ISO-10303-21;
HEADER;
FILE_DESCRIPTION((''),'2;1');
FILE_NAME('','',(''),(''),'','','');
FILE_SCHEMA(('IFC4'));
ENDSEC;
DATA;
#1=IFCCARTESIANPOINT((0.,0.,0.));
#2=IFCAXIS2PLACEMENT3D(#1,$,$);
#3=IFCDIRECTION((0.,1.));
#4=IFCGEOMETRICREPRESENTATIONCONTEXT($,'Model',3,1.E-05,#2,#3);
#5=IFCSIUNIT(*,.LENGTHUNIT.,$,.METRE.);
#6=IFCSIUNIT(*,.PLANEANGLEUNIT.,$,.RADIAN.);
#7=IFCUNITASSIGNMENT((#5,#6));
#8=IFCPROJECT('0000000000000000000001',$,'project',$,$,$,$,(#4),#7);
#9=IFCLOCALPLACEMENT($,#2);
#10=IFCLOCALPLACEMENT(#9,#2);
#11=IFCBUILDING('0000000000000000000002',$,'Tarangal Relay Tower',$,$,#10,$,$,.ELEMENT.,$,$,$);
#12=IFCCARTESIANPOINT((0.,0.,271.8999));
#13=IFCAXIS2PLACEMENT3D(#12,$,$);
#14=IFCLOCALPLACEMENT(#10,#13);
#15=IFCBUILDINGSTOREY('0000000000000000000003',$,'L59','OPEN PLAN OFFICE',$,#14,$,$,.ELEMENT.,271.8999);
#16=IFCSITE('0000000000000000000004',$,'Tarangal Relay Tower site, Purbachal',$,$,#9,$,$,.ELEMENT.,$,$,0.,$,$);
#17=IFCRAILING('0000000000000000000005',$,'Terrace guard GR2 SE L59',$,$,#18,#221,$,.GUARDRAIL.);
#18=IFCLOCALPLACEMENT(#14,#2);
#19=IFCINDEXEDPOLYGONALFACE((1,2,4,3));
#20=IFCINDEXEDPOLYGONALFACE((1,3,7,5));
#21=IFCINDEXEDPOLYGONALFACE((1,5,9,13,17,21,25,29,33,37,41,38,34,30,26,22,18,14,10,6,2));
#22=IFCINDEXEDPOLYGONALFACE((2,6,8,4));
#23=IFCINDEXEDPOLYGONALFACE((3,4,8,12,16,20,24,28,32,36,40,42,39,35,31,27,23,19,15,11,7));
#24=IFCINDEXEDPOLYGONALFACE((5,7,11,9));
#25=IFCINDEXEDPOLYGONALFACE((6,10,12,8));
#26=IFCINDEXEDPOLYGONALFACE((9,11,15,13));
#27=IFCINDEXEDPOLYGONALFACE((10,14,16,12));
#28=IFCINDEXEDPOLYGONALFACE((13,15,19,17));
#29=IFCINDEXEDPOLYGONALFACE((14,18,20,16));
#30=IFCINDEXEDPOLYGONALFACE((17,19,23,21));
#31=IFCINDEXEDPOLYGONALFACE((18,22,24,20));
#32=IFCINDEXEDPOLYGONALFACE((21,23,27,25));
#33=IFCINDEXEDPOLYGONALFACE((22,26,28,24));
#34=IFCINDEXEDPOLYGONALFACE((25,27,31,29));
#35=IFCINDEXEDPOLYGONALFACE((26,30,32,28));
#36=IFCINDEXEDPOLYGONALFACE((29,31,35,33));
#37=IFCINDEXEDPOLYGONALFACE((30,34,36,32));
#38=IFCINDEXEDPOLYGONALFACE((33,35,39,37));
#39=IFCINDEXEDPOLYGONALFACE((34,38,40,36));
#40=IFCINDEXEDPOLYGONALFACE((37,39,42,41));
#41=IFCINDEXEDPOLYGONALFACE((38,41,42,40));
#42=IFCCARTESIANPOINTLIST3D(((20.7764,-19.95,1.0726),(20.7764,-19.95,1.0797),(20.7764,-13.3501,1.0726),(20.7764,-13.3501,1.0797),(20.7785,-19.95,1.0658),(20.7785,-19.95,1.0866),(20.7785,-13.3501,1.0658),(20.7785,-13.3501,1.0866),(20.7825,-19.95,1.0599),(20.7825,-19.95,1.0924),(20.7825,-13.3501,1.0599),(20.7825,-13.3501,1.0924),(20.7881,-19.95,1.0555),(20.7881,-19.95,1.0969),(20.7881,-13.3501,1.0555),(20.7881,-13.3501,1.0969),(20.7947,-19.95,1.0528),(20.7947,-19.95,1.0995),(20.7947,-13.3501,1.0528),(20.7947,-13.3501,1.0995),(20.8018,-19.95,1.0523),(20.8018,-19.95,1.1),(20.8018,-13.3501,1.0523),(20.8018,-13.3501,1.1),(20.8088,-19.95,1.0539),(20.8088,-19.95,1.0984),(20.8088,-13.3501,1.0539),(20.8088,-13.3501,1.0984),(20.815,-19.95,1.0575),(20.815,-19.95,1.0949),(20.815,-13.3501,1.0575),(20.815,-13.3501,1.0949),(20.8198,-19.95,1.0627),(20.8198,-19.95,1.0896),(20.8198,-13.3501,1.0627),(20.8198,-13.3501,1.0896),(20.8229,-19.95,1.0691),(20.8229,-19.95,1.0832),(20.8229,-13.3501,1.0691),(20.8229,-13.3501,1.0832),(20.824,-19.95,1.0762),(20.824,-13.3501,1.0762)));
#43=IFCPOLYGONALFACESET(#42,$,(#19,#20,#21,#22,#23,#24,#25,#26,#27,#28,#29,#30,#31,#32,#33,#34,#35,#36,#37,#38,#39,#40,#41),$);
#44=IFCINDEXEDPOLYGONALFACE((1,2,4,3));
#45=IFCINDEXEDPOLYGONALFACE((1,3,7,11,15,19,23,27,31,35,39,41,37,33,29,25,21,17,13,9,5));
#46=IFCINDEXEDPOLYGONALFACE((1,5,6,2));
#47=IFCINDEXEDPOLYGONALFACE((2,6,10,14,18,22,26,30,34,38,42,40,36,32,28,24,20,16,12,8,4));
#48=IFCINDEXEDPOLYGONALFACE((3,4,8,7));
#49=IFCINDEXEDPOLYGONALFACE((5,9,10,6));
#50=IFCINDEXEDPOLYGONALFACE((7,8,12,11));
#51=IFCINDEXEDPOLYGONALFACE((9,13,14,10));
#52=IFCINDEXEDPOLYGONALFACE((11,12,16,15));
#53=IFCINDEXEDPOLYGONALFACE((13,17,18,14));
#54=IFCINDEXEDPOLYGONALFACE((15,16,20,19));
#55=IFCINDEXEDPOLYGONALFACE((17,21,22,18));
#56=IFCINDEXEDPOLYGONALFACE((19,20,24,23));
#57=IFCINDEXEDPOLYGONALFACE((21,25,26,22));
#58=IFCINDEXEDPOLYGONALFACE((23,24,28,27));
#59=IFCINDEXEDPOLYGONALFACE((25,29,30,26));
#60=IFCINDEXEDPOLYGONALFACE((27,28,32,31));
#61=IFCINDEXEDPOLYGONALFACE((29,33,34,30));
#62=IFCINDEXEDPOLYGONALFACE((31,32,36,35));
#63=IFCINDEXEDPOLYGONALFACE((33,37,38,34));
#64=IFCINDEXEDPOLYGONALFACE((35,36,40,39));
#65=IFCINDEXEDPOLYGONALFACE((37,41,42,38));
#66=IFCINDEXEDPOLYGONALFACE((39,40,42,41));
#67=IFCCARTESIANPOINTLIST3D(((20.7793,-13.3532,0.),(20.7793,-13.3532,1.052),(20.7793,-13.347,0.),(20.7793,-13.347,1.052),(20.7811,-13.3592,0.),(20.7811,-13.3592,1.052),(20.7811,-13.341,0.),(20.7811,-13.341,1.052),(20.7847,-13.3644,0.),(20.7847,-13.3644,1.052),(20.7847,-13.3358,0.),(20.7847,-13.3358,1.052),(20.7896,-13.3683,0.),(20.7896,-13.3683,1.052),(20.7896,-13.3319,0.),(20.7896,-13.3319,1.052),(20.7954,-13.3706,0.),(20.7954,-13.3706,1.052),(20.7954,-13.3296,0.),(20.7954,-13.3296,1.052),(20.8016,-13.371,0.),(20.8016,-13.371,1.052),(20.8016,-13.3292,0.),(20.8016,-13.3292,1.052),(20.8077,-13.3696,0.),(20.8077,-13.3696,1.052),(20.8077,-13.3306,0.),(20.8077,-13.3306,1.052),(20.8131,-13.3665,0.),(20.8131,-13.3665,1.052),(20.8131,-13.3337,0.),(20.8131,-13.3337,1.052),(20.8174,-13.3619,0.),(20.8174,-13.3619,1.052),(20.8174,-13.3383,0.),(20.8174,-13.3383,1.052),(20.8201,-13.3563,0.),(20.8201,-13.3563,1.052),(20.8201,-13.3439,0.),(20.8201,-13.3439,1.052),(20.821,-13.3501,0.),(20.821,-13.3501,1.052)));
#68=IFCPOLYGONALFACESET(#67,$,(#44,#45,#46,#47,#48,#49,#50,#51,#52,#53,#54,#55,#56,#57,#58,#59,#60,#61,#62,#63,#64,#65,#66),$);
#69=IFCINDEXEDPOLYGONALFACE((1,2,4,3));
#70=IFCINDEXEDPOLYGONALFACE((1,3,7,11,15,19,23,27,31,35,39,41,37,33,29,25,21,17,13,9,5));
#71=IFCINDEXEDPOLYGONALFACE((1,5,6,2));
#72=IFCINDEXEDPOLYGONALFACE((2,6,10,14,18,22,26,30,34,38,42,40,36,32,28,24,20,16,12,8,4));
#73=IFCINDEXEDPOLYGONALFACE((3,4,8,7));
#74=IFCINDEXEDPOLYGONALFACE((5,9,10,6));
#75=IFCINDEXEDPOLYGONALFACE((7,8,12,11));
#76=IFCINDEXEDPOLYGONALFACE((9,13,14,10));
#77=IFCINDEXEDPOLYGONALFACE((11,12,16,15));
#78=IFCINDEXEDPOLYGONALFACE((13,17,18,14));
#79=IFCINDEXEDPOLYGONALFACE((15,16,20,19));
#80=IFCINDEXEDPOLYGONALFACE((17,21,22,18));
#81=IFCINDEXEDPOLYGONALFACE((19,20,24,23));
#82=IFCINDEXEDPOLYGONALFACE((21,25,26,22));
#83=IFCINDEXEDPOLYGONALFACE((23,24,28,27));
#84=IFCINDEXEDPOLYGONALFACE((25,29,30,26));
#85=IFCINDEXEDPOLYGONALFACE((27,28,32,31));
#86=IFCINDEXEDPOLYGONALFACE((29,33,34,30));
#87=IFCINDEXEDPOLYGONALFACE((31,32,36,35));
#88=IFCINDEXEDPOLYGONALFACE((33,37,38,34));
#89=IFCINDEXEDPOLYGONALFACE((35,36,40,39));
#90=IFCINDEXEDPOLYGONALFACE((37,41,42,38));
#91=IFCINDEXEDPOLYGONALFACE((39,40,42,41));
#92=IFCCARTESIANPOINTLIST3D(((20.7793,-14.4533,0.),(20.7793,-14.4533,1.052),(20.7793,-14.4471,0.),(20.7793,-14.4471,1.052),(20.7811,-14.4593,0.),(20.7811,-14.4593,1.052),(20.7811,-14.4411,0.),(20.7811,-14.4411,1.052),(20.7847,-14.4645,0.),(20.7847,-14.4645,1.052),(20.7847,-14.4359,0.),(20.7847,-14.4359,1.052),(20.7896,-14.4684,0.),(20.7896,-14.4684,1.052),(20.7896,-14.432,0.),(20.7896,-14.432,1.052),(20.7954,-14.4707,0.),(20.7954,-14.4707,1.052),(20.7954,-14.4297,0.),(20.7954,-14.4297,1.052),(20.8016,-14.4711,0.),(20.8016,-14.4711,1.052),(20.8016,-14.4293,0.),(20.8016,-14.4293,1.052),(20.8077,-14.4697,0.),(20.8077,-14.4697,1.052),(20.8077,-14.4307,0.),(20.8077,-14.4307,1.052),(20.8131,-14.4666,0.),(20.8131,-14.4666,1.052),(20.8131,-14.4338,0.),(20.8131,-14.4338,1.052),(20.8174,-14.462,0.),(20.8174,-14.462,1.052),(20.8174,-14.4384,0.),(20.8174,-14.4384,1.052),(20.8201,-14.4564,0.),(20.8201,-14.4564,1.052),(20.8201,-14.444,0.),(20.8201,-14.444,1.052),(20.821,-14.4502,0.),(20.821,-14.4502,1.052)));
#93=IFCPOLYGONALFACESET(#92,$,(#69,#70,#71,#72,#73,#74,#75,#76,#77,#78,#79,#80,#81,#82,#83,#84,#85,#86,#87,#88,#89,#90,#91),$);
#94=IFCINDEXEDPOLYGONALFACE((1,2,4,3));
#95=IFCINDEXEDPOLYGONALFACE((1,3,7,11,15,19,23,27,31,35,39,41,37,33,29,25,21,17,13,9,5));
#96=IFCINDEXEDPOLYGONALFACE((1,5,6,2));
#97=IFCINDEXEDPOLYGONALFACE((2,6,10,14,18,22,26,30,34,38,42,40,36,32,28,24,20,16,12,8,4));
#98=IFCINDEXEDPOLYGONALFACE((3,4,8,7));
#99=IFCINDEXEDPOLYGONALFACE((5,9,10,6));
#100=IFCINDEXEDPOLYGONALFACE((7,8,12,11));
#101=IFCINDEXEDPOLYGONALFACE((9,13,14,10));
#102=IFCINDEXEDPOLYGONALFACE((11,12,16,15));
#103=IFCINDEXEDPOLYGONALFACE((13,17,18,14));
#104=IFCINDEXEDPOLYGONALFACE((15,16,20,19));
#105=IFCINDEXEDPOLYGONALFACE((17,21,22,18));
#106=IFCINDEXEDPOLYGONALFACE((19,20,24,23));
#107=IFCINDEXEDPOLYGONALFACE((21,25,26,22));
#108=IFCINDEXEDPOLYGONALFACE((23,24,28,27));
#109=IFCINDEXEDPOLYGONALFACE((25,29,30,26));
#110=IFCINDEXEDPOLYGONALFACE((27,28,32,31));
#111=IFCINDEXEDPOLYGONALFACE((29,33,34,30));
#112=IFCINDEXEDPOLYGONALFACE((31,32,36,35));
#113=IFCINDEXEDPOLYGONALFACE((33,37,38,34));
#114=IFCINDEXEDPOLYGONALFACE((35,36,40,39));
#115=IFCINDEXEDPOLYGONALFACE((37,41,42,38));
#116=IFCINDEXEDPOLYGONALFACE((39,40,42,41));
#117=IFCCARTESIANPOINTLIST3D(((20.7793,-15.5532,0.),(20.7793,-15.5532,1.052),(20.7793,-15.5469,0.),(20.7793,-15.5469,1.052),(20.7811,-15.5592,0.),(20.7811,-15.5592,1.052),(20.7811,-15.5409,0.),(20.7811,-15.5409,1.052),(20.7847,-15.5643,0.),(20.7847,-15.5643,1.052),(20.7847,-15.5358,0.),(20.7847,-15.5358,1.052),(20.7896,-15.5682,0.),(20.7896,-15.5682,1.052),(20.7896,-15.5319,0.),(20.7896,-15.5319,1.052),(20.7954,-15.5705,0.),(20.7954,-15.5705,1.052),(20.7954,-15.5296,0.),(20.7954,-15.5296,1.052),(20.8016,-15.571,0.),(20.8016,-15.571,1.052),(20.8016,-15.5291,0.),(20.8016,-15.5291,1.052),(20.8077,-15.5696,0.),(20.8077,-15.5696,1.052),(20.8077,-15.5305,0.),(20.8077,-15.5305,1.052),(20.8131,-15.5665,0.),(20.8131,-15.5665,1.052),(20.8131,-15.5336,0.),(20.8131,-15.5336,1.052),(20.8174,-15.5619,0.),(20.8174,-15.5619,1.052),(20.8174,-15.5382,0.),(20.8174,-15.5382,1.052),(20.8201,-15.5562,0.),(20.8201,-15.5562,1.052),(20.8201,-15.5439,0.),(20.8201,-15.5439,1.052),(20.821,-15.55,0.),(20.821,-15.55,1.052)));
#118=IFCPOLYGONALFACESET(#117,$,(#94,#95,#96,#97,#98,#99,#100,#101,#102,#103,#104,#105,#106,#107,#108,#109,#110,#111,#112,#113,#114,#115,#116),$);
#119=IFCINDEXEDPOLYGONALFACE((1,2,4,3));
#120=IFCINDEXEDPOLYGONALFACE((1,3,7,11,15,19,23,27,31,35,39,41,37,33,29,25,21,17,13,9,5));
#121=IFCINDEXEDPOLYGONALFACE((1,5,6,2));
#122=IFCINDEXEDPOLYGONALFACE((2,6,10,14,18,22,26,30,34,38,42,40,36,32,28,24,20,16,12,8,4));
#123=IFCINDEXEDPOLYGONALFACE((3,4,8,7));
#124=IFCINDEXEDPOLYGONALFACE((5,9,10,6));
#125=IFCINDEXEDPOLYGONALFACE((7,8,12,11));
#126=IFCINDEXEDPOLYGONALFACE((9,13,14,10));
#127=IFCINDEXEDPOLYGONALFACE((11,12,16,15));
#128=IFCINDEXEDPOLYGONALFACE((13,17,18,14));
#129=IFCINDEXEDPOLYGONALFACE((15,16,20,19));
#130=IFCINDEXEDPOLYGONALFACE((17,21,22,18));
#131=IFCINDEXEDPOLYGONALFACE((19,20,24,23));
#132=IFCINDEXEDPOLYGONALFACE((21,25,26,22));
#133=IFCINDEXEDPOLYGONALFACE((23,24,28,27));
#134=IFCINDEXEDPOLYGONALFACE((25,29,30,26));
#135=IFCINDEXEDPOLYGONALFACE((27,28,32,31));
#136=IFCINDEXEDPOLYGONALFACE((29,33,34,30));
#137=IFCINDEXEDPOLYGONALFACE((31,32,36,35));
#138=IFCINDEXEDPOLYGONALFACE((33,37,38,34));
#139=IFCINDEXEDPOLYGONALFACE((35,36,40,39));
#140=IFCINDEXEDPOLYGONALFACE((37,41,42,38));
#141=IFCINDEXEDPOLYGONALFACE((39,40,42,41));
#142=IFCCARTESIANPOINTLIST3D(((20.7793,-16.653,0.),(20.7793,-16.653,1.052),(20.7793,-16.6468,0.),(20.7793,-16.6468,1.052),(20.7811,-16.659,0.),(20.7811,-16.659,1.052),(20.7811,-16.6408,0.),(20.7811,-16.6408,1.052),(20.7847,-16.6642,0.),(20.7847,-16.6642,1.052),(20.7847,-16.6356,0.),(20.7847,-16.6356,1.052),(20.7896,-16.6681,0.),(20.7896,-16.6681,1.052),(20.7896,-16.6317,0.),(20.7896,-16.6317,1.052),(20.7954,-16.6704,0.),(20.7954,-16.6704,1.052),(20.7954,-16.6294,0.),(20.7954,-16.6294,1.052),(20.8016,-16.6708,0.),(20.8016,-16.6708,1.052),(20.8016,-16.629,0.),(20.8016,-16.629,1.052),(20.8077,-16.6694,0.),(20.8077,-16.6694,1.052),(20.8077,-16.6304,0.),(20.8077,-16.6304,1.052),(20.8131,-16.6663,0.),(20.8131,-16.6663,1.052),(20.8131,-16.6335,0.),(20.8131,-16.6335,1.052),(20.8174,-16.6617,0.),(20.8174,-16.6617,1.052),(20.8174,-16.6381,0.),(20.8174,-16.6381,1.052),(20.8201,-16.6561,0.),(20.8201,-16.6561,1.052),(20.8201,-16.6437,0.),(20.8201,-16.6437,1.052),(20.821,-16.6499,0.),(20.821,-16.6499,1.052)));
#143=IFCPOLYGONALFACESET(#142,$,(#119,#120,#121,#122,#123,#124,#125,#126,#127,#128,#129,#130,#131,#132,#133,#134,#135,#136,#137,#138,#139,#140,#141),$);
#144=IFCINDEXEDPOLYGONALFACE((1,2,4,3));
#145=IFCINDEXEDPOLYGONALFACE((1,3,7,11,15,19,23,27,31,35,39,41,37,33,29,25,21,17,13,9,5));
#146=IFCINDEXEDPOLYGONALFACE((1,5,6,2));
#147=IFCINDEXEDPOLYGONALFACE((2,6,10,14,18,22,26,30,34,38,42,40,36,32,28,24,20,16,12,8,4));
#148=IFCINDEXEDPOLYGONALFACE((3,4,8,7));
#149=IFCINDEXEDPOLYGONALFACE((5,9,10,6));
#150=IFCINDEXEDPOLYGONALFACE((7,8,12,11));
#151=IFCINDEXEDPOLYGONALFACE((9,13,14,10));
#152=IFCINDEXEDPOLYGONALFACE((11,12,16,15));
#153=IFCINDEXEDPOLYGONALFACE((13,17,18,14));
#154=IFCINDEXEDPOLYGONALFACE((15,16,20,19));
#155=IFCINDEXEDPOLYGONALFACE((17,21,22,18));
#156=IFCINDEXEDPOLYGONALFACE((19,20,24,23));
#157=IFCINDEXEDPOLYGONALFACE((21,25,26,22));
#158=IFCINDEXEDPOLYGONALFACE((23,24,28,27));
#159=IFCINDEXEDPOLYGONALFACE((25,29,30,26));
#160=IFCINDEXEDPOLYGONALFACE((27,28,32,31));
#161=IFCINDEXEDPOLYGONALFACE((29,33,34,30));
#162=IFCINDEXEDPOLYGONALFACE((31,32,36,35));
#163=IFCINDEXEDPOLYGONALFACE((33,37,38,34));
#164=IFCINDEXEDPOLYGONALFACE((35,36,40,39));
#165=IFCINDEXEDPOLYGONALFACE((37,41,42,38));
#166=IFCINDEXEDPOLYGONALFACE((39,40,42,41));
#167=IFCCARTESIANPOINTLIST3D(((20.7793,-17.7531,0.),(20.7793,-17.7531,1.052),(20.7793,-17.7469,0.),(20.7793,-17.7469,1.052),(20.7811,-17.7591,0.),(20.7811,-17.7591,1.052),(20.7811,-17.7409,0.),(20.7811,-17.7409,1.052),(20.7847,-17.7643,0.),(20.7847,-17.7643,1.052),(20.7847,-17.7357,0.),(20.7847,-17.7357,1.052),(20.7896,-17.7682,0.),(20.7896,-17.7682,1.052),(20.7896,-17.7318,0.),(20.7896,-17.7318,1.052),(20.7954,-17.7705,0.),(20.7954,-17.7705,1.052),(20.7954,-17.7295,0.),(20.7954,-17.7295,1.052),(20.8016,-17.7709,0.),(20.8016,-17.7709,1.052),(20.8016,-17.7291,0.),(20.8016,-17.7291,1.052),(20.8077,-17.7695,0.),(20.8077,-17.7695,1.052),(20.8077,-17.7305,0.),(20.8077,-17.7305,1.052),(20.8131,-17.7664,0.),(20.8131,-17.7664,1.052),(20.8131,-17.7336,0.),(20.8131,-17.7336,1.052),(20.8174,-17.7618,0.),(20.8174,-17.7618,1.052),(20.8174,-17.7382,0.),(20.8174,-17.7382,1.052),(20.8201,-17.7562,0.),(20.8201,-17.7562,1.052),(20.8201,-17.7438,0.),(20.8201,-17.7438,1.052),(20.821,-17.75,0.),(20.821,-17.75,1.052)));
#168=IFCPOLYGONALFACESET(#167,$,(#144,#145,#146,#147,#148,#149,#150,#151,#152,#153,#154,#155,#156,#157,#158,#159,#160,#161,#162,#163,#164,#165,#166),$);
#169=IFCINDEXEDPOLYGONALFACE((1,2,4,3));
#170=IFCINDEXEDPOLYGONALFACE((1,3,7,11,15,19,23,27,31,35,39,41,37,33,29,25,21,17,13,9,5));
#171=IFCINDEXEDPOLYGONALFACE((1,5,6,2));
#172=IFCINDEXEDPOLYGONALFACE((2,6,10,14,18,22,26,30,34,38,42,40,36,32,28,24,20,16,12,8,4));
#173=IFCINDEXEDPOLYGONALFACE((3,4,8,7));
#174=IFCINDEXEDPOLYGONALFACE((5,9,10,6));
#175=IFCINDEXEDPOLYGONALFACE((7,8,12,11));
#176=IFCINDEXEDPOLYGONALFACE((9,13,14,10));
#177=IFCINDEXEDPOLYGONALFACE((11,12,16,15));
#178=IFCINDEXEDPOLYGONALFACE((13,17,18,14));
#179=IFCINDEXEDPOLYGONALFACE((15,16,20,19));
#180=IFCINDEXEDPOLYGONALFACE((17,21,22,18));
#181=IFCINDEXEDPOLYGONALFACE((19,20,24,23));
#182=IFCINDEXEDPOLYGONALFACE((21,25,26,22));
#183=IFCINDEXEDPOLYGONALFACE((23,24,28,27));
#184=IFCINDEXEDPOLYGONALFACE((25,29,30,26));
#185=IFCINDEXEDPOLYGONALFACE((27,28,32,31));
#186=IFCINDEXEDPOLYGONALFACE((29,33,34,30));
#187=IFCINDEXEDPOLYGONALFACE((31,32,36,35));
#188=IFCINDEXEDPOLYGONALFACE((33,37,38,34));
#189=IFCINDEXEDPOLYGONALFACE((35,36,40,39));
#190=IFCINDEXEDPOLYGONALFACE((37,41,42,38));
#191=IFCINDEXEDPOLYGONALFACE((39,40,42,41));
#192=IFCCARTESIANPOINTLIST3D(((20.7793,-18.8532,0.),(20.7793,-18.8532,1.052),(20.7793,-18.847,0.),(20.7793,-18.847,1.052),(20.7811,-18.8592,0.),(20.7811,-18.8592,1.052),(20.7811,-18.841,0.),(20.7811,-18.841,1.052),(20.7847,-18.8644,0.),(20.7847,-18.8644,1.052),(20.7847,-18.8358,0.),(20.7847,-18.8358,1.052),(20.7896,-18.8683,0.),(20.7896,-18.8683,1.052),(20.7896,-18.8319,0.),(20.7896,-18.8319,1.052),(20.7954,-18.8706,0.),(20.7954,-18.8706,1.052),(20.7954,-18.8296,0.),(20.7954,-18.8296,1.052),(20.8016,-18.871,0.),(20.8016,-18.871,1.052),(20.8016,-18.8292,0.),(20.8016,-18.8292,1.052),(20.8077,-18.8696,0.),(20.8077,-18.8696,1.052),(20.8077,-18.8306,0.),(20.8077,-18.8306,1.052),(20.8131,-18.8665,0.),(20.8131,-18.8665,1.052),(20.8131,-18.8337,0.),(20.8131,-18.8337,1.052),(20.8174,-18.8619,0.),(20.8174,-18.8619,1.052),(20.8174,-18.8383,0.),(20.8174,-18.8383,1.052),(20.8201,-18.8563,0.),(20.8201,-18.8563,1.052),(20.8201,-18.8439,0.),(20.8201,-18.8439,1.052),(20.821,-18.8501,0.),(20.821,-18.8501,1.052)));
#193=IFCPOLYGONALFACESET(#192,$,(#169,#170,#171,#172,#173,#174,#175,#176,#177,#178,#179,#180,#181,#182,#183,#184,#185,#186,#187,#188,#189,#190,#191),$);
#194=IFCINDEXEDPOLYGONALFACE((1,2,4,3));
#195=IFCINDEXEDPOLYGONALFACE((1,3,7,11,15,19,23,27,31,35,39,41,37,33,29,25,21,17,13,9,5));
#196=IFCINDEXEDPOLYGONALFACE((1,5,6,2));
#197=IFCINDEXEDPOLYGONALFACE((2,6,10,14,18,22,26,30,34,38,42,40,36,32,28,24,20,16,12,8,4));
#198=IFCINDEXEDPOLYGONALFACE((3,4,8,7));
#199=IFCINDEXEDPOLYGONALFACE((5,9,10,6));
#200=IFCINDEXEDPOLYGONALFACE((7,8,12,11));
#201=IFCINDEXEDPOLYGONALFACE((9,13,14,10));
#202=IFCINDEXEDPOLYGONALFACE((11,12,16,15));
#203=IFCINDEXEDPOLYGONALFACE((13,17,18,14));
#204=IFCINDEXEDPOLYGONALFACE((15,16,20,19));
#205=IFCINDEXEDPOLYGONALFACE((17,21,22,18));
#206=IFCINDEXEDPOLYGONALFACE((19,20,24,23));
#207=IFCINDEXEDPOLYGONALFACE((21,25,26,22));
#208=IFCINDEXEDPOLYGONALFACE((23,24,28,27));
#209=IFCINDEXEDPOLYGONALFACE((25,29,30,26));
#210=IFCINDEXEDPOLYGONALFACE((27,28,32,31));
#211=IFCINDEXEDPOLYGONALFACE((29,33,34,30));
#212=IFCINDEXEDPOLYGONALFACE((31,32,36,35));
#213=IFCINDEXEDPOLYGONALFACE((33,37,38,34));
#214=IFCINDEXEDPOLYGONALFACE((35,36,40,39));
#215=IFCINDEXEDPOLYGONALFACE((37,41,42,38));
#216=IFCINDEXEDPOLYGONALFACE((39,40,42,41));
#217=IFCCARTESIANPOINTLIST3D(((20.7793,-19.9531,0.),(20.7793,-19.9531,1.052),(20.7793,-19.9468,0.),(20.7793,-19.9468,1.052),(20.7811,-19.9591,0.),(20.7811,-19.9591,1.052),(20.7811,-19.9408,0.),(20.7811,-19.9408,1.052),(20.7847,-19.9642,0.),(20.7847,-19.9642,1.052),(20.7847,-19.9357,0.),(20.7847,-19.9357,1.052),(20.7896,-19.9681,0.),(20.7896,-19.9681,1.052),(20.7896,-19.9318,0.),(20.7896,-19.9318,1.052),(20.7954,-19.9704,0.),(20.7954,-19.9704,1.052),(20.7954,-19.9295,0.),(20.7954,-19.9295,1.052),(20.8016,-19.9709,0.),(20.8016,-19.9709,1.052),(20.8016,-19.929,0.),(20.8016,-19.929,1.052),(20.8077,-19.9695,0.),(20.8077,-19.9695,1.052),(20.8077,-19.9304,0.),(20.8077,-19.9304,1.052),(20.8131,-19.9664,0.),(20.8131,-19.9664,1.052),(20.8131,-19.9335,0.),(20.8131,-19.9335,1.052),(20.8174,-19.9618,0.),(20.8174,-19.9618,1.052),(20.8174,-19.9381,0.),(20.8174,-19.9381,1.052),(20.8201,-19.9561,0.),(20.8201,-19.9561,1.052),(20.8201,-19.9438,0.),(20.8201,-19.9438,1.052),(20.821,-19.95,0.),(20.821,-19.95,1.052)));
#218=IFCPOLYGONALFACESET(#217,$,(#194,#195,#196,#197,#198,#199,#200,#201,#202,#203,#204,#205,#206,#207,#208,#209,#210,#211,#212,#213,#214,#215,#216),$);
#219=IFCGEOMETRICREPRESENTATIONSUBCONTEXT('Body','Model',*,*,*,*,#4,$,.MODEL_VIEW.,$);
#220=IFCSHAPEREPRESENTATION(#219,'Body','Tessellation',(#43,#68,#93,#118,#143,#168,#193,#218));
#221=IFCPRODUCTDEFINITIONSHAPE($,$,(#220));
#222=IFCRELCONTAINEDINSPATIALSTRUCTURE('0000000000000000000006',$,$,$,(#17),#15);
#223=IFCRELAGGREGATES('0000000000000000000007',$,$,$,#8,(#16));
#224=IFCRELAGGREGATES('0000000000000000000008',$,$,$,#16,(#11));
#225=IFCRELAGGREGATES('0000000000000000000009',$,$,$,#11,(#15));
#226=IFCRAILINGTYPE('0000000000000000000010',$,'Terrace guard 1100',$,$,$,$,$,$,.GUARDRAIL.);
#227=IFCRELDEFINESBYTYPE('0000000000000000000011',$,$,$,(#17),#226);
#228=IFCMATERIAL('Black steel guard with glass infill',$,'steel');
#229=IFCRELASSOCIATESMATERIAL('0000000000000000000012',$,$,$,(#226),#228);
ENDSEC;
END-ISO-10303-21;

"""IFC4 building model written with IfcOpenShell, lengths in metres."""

from ifc_helpers import new_model, si_unit, direction, frame, origin, origin_2d, place, context, subcontext, project, spatial, circle, extrude, material, type_object, element, save


model = new_model("IFC4")

# Units and contexts
model_context = context("Model", 3, precision=1e-05, world=origin(), true_north=direction((0.0, 1.0)))
body_context = subcontext(model_context, "Body", "Model", "MODEL_VIEW")
ifc_project = project(units=[si_unit("LENGTHUNIT", "METRE"), si_unit("PLANEANGLEUNIT", "RADIAN")], contexts=[model_context])

# Site, building, storey
site_placement = place(None, origin())
site = spatial("IfcSite", under=ifc_project, at=site_placement, Name="Tarangal Relay Tower site, Purbachal", CompositionType="ELEMENT", RefElevation=0.0)
building_placement = place(site_placement, origin())
building = spatial("IfcBuilding", under=site, at=building_placement, Name="Tarangal Relay Tower", CompositionType="ELEMENT")
storey_placement = place(building_placement, frame((0.0, 0.0, 271.8999)))
storey = spatial("IfcBuildingStorey", under=building, at=storey_placement, Name="L59", Description="OPEN PLAN OFFICE", CompositionType="ELEMENT", Elevation=271.8999)

# Railing
ifc_material_1 = material(Name="Black steel guard with glass infill", Category="steel")
railing_type = type_object("IfcRailingType", Name="Terrace guard 1100", PredefinedType="GUARDRAIL", material=ifc_material_1)
railing_1_placement = place(storey_placement, frame((20.8, -13.3501, 0.0)))
element("IfcRailing", 1, at=railing_1_placement, inside=storey, type_object=railing_type, Name="Terrace guard GR2 SE L59", PredefinedType="GUARDRAIL", context=body_context, shape_type="SweptSolid", body=[
    extrude(circle(Radius=0.0239, at=origin_2d()), frame((0.0, 0.0, 1.0762), z_axis=(0.0, -1.0, 0.0), x_axis=(1.0, 0.0, 0.0)), (0.0, 0.0, 1.0), 6.5999),
    extrude(circle(Radius=0.021, at=origin_2d()), origin(), (0.0, 0.0, 1.0), 1.052),
    extrude(circle(Radius=0.021, at=origin_2d()), frame((0.0, -1.1001, 0.0)), (0.0, 0.0, 1.0), 1.052),
    extrude(circle(Radius=0.021, at=origin_2d()), frame((0.0, -2.2, 0.0)), (0.0, 0.0, 1.0), 1.052),
    extrude(circle(Radius=0.021, at=origin_2d()), frame((0.0, -3.2998, 0.0)), (0.0, 0.0, 1.0), 1.052),
    extrude(circle(Radius=0.021, at=origin_2d()), frame((0.0, -4.3999, 0.0)), (0.0, 0.0, 1.0), 1.052),
    extrude(circle(Radius=0.021, at=origin_2d()), frame((0.0, -5.5, 0.0)), (0.0, 0.0, 1.0), 1.052),
    extrude(circle(Radius=0.021, at=origin_2d()), frame((0.0, -6.5999, 0.0)), (0.0, 0.0, 1.0), 1.052),
])

save(model, "model.ifc")
